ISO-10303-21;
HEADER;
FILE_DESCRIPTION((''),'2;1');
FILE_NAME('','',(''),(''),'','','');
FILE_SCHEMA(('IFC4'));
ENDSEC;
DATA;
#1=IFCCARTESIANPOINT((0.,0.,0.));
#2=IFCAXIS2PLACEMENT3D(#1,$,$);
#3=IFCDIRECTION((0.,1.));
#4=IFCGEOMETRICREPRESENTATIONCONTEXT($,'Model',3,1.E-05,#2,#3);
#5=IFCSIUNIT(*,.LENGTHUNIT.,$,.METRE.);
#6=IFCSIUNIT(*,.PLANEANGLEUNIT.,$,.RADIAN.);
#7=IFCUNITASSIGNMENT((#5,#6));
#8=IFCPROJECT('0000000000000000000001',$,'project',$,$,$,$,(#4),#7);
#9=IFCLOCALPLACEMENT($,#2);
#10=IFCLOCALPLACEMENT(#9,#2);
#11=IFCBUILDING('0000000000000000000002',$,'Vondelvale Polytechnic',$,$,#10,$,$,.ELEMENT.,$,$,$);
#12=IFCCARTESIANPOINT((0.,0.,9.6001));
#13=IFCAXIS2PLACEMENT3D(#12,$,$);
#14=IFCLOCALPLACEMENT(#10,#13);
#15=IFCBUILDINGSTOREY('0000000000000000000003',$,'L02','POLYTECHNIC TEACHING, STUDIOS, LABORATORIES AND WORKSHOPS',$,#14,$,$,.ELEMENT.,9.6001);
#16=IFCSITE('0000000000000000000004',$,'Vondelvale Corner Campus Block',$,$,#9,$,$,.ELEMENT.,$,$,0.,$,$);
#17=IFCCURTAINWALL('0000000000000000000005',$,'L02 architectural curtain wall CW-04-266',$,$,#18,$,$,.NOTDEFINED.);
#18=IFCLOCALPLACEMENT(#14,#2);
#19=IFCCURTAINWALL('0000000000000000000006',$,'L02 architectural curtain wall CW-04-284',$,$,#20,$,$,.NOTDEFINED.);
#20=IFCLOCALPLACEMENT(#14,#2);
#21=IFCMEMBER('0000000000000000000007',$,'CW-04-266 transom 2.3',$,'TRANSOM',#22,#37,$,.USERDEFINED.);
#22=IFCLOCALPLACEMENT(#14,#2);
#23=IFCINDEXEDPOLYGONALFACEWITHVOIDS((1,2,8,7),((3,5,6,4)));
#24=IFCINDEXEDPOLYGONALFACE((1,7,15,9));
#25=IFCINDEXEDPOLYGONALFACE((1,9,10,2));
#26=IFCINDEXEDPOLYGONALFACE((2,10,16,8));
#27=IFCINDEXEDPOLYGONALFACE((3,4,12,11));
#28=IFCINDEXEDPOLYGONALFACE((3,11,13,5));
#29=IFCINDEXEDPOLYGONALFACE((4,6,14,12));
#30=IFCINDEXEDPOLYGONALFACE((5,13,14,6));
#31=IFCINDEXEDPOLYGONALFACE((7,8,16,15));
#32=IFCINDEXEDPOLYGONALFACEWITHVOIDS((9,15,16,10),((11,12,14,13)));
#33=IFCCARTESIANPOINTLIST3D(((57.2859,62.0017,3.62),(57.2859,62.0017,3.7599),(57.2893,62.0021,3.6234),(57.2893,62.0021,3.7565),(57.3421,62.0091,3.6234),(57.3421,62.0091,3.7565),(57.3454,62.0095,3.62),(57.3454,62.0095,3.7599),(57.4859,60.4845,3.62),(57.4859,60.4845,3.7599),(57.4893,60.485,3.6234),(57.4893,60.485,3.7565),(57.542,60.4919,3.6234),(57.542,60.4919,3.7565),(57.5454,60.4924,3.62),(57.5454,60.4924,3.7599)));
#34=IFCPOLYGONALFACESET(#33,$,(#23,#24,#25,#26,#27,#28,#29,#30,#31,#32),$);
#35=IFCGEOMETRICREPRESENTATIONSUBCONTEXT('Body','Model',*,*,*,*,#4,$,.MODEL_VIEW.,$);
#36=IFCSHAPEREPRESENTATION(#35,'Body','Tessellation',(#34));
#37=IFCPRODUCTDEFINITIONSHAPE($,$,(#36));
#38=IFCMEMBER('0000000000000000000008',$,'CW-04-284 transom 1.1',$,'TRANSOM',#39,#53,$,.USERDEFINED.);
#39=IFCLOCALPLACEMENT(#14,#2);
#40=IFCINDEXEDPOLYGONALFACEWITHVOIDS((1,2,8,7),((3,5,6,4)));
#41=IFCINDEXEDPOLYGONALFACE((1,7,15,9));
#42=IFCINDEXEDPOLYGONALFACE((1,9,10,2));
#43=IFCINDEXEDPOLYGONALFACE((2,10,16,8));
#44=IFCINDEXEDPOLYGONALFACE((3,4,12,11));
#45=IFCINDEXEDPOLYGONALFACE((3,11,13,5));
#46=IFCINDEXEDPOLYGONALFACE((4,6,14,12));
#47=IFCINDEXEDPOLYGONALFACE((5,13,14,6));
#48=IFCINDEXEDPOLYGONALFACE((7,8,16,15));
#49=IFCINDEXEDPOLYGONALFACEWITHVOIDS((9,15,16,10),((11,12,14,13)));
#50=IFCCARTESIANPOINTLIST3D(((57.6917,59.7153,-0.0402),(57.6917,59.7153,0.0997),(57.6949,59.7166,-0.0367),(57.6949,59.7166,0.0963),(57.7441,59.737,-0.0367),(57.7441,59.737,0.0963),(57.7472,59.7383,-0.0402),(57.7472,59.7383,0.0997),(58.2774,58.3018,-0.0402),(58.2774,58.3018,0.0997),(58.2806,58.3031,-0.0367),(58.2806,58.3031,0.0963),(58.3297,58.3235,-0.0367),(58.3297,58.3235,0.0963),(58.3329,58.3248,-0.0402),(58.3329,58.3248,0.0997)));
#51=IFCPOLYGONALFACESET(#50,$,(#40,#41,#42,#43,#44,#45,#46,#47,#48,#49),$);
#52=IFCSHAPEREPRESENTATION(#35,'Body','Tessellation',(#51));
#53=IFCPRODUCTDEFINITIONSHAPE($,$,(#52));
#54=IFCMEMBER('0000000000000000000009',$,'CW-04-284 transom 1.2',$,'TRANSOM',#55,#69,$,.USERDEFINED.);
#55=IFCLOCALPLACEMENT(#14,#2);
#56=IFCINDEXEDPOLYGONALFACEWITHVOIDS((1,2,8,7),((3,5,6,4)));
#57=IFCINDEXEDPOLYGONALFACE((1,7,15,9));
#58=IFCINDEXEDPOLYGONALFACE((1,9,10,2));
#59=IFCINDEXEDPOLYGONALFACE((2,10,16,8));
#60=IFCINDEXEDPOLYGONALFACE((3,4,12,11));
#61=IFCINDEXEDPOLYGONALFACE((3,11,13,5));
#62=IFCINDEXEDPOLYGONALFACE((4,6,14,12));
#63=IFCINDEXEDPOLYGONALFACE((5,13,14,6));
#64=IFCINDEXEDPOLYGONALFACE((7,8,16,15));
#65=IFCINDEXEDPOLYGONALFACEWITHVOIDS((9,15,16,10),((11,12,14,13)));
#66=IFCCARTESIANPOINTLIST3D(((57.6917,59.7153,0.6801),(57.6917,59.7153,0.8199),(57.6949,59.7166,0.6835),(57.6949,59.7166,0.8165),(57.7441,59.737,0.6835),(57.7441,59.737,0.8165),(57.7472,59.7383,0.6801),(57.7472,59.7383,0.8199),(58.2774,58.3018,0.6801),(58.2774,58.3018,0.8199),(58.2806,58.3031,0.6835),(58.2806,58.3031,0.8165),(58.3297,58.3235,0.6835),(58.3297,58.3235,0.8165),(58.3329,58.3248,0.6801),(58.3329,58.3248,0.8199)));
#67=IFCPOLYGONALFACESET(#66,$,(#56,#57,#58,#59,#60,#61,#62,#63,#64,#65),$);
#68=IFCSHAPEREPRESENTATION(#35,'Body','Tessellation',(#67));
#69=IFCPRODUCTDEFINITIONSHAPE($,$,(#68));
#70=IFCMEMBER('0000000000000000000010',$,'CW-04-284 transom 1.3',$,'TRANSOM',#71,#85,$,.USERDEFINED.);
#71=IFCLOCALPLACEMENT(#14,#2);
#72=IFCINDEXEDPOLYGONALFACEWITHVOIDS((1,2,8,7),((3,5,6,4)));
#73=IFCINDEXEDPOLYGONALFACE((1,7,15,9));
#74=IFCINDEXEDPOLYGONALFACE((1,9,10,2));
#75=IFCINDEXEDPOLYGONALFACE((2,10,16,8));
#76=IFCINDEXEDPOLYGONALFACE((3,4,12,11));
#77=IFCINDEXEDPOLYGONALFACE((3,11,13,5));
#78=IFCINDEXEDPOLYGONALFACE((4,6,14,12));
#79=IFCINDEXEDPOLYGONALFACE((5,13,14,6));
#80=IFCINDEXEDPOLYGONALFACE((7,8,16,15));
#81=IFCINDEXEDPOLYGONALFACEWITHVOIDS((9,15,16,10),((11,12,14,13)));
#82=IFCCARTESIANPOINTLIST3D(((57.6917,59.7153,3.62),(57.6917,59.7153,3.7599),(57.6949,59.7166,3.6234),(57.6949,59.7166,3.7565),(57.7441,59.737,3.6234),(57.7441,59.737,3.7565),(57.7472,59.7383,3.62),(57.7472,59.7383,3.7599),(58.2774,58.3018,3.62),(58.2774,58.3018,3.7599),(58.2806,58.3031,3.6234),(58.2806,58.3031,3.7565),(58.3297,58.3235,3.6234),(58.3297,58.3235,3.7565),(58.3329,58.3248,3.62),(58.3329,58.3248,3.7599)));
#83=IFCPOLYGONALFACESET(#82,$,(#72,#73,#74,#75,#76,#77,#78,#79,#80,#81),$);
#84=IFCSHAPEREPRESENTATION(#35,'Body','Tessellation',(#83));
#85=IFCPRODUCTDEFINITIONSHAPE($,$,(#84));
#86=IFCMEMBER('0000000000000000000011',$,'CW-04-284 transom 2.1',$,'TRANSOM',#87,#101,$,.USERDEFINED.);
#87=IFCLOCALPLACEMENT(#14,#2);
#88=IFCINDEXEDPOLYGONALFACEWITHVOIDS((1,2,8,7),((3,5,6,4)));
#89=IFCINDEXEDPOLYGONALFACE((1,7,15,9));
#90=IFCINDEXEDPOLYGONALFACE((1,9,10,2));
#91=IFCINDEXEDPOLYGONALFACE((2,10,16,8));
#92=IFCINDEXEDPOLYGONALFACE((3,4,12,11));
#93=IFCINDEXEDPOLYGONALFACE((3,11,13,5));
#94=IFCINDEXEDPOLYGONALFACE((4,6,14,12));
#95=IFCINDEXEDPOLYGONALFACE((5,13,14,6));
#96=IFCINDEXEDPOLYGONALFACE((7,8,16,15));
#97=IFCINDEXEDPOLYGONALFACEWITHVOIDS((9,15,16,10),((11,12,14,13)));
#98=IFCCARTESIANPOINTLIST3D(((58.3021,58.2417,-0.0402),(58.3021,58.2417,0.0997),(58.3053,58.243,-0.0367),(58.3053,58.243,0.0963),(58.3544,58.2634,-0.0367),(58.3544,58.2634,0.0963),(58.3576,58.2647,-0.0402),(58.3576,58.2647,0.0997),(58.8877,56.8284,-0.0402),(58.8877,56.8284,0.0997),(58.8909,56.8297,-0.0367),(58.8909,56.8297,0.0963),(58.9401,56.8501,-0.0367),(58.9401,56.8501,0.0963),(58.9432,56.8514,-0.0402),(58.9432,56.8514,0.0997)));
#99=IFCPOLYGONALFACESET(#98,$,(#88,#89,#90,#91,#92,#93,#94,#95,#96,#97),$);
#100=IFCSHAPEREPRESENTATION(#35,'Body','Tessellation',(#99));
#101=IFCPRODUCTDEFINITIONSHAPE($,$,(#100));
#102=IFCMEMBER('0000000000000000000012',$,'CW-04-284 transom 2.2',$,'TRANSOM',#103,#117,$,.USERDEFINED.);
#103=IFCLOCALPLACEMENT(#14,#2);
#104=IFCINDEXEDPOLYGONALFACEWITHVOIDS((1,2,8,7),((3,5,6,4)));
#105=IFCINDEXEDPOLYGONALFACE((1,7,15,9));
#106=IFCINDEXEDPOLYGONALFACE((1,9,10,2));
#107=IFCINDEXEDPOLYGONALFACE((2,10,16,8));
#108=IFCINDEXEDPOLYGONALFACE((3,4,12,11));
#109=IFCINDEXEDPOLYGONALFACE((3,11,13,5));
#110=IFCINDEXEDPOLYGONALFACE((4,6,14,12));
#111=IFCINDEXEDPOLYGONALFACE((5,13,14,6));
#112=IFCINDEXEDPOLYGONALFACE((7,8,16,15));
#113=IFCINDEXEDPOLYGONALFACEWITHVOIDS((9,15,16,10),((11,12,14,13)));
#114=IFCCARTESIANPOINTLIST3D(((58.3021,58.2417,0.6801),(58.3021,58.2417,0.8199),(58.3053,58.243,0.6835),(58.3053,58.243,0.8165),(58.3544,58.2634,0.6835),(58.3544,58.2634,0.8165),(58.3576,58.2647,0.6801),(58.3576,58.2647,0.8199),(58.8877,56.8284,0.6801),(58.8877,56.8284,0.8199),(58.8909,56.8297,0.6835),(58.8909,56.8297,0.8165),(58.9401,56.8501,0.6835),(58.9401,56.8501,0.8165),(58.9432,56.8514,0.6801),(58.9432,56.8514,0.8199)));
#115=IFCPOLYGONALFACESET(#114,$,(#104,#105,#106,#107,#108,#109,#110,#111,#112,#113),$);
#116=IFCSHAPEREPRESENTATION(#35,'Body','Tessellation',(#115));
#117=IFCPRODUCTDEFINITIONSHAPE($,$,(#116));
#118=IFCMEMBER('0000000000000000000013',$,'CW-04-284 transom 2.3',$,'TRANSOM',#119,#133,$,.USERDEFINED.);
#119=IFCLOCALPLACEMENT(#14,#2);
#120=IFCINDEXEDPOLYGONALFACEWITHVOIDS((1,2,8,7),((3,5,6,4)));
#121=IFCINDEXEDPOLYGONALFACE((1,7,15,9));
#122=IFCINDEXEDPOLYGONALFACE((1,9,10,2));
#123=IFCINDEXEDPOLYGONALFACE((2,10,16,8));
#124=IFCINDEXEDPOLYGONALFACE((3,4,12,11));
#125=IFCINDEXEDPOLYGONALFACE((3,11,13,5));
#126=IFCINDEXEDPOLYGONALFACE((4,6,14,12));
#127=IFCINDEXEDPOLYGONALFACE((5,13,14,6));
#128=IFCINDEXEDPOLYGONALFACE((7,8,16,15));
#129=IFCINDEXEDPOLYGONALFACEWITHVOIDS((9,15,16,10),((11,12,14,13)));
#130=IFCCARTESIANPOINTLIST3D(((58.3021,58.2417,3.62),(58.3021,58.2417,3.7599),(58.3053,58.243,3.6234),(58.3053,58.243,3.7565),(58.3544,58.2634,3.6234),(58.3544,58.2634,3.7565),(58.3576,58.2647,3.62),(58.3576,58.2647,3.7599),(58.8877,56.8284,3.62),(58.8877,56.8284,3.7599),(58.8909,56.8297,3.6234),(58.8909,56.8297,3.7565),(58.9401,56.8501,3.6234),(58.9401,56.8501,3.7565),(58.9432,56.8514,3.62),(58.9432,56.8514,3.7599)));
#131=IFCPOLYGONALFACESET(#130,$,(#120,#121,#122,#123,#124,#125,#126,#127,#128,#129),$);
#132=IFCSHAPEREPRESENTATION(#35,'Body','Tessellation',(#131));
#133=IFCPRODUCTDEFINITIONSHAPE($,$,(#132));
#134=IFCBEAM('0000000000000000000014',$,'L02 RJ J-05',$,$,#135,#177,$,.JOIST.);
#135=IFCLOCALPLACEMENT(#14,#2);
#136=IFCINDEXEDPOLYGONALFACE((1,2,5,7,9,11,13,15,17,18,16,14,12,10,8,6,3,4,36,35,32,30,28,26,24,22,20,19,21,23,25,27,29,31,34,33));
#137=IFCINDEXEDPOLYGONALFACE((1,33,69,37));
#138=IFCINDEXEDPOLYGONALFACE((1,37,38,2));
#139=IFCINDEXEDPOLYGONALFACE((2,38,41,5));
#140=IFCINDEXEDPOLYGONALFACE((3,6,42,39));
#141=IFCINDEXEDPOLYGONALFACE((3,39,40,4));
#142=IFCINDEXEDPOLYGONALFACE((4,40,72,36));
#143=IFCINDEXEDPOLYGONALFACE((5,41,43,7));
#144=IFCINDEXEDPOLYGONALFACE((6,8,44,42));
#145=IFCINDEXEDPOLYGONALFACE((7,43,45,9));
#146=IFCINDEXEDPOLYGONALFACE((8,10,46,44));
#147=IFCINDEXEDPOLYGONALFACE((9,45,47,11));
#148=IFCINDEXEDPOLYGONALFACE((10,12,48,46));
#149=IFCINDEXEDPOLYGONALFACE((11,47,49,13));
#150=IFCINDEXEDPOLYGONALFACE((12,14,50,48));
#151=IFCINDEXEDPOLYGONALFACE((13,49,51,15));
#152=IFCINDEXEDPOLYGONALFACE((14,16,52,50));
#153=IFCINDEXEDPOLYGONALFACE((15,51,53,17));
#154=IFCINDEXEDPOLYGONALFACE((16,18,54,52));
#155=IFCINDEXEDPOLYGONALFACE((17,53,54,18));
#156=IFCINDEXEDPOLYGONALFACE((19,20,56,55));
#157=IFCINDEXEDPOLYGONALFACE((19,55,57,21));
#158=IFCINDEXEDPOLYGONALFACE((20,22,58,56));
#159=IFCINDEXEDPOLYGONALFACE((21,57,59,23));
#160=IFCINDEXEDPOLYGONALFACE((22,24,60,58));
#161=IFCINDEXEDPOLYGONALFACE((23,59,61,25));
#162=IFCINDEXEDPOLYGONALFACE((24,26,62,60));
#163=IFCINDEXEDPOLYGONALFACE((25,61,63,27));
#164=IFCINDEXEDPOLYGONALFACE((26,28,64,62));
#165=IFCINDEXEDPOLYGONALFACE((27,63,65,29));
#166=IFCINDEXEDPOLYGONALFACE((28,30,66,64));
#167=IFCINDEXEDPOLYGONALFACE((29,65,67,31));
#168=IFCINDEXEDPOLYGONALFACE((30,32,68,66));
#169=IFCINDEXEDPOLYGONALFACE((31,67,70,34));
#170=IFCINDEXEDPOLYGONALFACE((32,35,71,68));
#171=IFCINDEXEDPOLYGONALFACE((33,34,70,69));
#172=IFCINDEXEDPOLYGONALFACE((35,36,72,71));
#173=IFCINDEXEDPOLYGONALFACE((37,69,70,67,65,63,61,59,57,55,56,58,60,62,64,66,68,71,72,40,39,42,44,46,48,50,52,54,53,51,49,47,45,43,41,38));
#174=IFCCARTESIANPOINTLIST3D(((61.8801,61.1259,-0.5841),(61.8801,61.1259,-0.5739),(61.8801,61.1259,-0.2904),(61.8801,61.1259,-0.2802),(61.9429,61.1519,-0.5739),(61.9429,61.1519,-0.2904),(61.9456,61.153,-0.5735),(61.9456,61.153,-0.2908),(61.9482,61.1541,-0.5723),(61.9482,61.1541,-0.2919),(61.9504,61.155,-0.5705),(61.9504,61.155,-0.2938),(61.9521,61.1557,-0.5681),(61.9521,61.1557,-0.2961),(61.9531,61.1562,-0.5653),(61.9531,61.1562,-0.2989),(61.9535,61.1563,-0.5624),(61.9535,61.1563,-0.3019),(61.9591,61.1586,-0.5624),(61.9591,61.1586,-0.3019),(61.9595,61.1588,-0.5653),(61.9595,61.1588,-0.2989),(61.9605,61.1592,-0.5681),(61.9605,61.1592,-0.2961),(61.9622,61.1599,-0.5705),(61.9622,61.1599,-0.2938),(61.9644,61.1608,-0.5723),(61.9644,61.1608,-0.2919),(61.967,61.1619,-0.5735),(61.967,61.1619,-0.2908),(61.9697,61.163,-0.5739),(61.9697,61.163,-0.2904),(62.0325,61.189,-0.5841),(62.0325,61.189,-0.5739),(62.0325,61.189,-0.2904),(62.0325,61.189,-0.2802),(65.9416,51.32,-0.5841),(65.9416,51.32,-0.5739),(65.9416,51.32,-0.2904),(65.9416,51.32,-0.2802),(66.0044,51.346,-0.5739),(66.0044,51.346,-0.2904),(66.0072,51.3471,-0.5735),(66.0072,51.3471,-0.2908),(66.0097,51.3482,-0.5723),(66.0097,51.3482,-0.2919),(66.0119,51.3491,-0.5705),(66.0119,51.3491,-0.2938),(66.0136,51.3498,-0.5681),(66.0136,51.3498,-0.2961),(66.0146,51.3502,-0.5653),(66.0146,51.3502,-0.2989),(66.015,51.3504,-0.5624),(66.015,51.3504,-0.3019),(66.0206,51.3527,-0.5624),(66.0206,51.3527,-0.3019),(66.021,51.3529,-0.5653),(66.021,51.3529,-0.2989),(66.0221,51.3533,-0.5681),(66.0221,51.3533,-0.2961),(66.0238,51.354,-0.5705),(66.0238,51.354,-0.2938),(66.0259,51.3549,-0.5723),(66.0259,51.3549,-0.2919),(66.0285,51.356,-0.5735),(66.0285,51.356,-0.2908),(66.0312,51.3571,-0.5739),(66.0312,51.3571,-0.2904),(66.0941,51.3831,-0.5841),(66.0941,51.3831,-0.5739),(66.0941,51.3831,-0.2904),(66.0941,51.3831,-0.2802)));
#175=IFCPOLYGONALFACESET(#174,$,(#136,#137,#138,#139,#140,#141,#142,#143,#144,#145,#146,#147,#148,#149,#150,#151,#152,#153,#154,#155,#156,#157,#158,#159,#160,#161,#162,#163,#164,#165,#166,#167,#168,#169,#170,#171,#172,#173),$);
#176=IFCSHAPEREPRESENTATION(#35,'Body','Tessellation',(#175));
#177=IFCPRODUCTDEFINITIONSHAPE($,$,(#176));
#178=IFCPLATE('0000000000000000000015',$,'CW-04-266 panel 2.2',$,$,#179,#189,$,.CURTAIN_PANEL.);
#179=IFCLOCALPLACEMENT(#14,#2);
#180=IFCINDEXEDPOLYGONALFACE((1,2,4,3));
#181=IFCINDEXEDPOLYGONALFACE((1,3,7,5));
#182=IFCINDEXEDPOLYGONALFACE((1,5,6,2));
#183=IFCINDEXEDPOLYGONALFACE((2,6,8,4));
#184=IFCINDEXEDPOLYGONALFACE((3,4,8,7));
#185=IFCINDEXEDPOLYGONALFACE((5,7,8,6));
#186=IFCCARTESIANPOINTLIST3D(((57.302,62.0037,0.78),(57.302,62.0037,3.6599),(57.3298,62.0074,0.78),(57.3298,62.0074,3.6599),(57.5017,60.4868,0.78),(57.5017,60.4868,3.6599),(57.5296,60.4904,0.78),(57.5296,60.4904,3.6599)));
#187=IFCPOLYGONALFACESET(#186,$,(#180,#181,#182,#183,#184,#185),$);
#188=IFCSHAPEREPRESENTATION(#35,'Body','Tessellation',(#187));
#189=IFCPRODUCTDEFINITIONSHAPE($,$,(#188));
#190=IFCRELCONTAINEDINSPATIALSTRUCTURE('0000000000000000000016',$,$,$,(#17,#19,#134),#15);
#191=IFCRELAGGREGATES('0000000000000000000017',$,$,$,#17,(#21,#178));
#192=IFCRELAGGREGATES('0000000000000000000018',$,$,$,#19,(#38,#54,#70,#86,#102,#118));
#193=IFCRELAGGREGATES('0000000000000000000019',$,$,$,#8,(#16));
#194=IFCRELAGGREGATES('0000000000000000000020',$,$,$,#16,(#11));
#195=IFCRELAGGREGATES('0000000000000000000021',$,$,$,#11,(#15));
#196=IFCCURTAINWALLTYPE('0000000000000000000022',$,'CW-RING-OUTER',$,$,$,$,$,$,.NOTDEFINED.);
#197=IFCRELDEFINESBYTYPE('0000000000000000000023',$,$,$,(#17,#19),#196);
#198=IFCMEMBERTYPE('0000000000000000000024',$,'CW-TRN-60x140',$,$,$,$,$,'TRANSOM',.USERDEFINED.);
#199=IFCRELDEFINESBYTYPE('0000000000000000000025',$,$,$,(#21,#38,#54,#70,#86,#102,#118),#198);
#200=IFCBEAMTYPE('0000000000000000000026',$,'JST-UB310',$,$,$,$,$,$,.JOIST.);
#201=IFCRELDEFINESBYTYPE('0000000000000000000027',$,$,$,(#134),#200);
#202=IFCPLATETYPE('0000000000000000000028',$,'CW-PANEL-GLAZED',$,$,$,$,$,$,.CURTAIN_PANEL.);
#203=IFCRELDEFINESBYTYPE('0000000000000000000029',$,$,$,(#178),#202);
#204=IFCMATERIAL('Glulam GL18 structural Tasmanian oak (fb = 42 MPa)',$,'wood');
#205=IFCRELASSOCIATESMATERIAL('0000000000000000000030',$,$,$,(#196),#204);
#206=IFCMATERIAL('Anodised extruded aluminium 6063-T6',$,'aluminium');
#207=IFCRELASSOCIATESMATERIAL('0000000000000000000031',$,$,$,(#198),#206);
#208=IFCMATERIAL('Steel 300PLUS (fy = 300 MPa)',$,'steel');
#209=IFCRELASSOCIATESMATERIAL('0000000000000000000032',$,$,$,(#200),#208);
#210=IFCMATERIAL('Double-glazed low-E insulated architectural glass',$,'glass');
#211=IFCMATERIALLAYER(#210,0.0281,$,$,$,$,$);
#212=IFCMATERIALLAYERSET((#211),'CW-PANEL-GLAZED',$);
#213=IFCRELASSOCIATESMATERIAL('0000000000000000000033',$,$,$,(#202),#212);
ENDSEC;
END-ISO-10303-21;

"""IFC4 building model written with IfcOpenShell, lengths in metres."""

from ifc_helpers import new_model, si_unit, direction, frame, origin, origin_2d, place, context, subcontext, project, spatial, rectangle, hollow_rectangle, i_section, extrude, material, layer, layer_set, material_profile, profile_set, type_object, element, aggregate, save


model = new_model("IFC4")

# Units and contexts
model_context = context("Model", 3, precision=1e-05, world=origin(), true_north=direction((0.0, 1.0)))
body_context = subcontext(model_context, "Body", "Model", "MODEL_VIEW")
ifc_project = project(units=[si_unit("LENGTHUNIT", "METRE"), si_unit("PLANEANGLEUNIT", "RADIAN")], contexts=[model_context])

# Site, building, storey
site_placement = place(None, origin())
site = spatial("IfcSite", under=ifc_project, at=site_placement, Name="Vondelvale Corner Campus Block", CompositionType="ELEMENT", RefElevation=0.0)
building_placement = place(site_placement, origin())
building = spatial("IfcBuilding", under=site, at=building_placement, Name="Vondelvale Polytechnic", CompositionType="ELEMENT")
storey_placement = place(building_placement, frame((0.0, 0.0, 9.6001)))
storey = spatial("IfcBuildingStorey", under=building, at=storey_placement, Name="L02", Description="POLYTECHNIC TEACHING, STUDIOS, LABORATORIES AND WORKSHOPS", CompositionType="ELEMENT", Elevation=9.6001)

# Shared definitions
ifc_material_1 = material(Name="Glulam GL18 structural Tasmanian oak (fb = 42 MPa)", Category="wood")

# Shared definitions
ifc_material_2 = material(Name="Steel 300PLUS (fy = 300 MPa)", Category="steel")

# Curtain wall
curtain_wall_type = type_object("IfcCurtainWallType", Name="CW-RING-OUTER", PredefinedType="NOTDEFINED", material=ifc_material_1)
curtain_wall_1_placement = place(storey_placement, origin())
curtain_wall_1 = element("IfcCurtainWall", 1, at=curtain_wall_1_placement, inside=storey, type_object=curtain_wall_type, Name="L02 architectural curtain wall CW-04-266", PredefinedType="NOTDEFINED")
ifc_material_3 = material(Name="Anodised extruded aluminium 6063-T6", Category="aluminium")

# Curtain wall
curtain_wall_2_placement = place(storey_placement, origin())
curtain_wall_2 = element("IfcCurtainWall", 2, at=curtain_wall_2_placement, inside=storey, type_object=curtain_wall_type, Name="L02 architectural curtain wall CW-04-284", PredefinedType="NOTDEFINED")

# Members
ifc_material_profile_1 = material_profile(ifc_material_3, hollow_rectangle(XDim=0.0601, YDim=0.1399, WallThickness=0.0034, at=origin_2d()), Name="CW-TRN-140x60")
ifc_profile_set_1 = profile_set([ifc_material_profile_1], Name="Anodised extruded aluminium 6063-T6")
member_type_1 = type_object("IfcMemberType", Name="CW-TRN-60x140", ElementType="TRANSOM", PredefinedType="USERDEFINED", material=ifc_profile_set_1)
member_1_placement = place(storey_placement, frame((57.3157, 62.0056, 3.6899), z_axis=(0.130669, -0.991426, 0.0), x_axis=(0.991426, 0.130669, 0.0)))
member_1 = element("IfcMember", 3, at=member_1_placement, type_object=member_type_1, Name="CW-04-266 transom 2.3", ObjectType="TRANSOM", PredefinedType="USERDEFINED", context=body_context, shape_type="SweptSolid", body=[
    extrude(hollow_rectangle(XDim=0.0601, YDim=0.1399, WallThickness=0.0034, at=origin_2d()), origin(), (0.0, 0.0, 1.0), 1.5303),
])
member_2_placement = place(storey_placement, frame((57.7195, 59.7268, 0.0298), z_axis=(0.382779, -0.92384, 0.0), x_axis=(0.92384, 0.382779, 0.0)))
member_2 = element("IfcMember", 4, at=member_2_placement, type_object=member_type_1, Name="CW-04-284 transom 1.1", ObjectType="TRANSOM", PredefinedType="USERDEFINED", context=body_context, shape_type="SweptSolid", body=[
    extrude(hollow_rectangle(XDim=0.0601, YDim=0.1399, WallThickness=0.0034, at=origin_2d()), origin(), (0.0, 0.0, 1.0), 1.53),
])
member_3_placement = place(storey_placement, frame((57.7195, 59.7268, 0.75), z_axis=(0.382779, -0.92384, 0.0), x_axis=(0.92384, 0.382779, 0.0)))
member_3 = element("IfcMember", 5, at=member_3_placement, type_object=member_type_1, Name="CW-04-284 transom 1.2", ObjectType="TRANSOM", PredefinedType="USERDEFINED", context=body_context, shape_type="SweptSolid", body=[
    extrude(hollow_rectangle(XDim=0.0601, YDim=0.1399, WallThickness=0.0034, at=origin_2d()), origin(), (0.0, 0.0, 1.0), 1.53),
])
member_4_placement = place(storey_placement, frame((57.7195, 59.7268, 3.6899), z_axis=(0.382779, -0.92384, 0.0), x_axis=(0.92384, 0.382779, 0.0)))
member_4 = element("IfcMember", 6, at=member_4_placement, type_object=member_type_1, Name="CW-04-284 transom 1.3", ObjectType="TRANSOM", PredefinedType="USERDEFINED", context=body_context, shape_type="SweptSolid", body=[
    extrude(hollow_rectangle(XDim=0.0601, YDim=0.1399, WallThickness=0.0034, at=origin_2d()), origin(), (0.0, 0.0, 1.0), 1.53),
])
member_5_placement = place(storey_placement, frame((58.3298, 58.2532, 0.0298), z_axis=(0.382836, -0.923816, 0.0), x_axis=(0.923816, 0.382836, 0.0)))
member_5 = element("IfcMember", 7, at=member_5_placement, type_object=member_type_1, Name="CW-04-284 transom 2.1", ObjectType="TRANSOM", PredefinedType="USERDEFINED", context=body_context, shape_type="SweptSolid", body=[
    extrude(hollow_rectangle(XDim=0.0601, YDim=0.1399, WallThickness=0.0034, at=origin_2d()), origin(), (0.0, 0.0, 1.0), 1.5298),
])
member_6_placement = place(storey_placement, frame((58.3298, 58.2532, 0.75), z_axis=(0.382836, -0.923816, 0.0), x_axis=(0.923816, 0.382836, 0.0)))
member_6 = element("IfcMember", 8, at=member_6_placement, type_object=member_type_1, Name="CW-04-284 transom 2.2", ObjectType="TRANSOM", PredefinedType="USERDEFINED", context=body_context, shape_type="SweptSolid", body=[
    extrude(hollow_rectangle(XDim=0.0601, YDim=0.1399, WallThickness=0.0034, at=origin_2d()), origin(), (0.0, 0.0, 1.0), 1.5298),
])
member_7_placement = place(storey_placement, frame((58.3298, 58.2532, 3.6899), z_axis=(0.382836, -0.923816, 0.0), x_axis=(0.923816, 0.382836, 0.0)))
member_7 = element("IfcMember", 9, at=member_7_placement, type_object=member_type_1, Name="CW-04-284 transom 2.3", ObjectType="TRANSOM", PredefinedType="USERDEFINED", context=body_context, shape_type="SweptSolid", body=[
    extrude(hollow_rectangle(XDim=0.0601, YDim=0.1399, WallThickness=0.0034, at=origin_2d()), origin(), (0.0, 0.0, 1.0), 1.5298),
])

# Beam
ifc_material_profile_2 = material_profile(ifc_material_2, i_section(OverallWidth=0.165, OverallDepth=0.304, WebThickness=0.0061, FlangeThickness=0.0103, FilletRadius=0.0115, at=origin_2d()), Name="310UB40.4")
ifc_profile_set_2 = profile_set([ifc_material_profile_2], Name="Steel 300PLUS (fy = 300 MPa)")
beam_type_1 = type_object("IfcBeamType", Name="JST-UB310", PredefinedType="JOIST", material=ifc_profile_set_2)
beam_1_placement = place(storey_placement, frame((61.9563, 61.1575, -0.4321), z_axis=(0.382666, -0.923887, 0.0), x_axis=(0.923887, 0.382666, 0.0)))
element("IfcBeam", 10, at=beam_1_placement, inside=storey, type_object=beam_type_1, Name="L02 RJ J-05", PredefinedType="JOIST", context=body_context, shape_type="SweptSolid", body=[
    extrude(i_section(OverallWidth=0.165, OverallDepth=0.304, WebThickness=0.0061, FlangeThickness=0.0103, FilletRadius=0.0115, at=origin_2d()), origin(), (0.0, 0.0, 1.0), 10.6138),
])

# Plate
ifc_material_4 = material(Name="Double-glazed low-E insulated architectural glass", Category="glass")
ifc_layer_1 = layer(ifc_material_4, 0.0281)
ifc_layer_set_1 = layer_set([ifc_layer_1], Name="CW-PANEL-GLAZED")
plate_type_1 = type_object("IfcPlateType", Name="CW-PANEL-GLAZED", PredefinedType="CURTAIN_PANEL", material=ifc_layer_set_1)
plate_1_placement = place(storey_placement, frame((57.4158, 61.2471, 0.78), z_axis=(0.0, 0.0, 1.0), x_axis=(0.13054, -0.991443, 0.0)))
plate_1 = element("IfcPlate", 11, at=plate_1_placement, type_object=plate_type_1, Name="CW-04-266 panel 2.2", PredefinedType="CURTAIN_PANEL", context=body_context, shape_type="SweptSolid", body=[
    extrude(rectangle(XDim=1.53, YDim=0.0281, at=origin_2d()), origin(), (0.0, 0.0, 1.0), 2.8799),
])
aggregate(curtain_wall_1, [member_1, plate_1])
aggregate(curtain_wall_2, [member_2, member_3, member_4, member_5, member_6, member_7])

save(model, "model.ifc")
